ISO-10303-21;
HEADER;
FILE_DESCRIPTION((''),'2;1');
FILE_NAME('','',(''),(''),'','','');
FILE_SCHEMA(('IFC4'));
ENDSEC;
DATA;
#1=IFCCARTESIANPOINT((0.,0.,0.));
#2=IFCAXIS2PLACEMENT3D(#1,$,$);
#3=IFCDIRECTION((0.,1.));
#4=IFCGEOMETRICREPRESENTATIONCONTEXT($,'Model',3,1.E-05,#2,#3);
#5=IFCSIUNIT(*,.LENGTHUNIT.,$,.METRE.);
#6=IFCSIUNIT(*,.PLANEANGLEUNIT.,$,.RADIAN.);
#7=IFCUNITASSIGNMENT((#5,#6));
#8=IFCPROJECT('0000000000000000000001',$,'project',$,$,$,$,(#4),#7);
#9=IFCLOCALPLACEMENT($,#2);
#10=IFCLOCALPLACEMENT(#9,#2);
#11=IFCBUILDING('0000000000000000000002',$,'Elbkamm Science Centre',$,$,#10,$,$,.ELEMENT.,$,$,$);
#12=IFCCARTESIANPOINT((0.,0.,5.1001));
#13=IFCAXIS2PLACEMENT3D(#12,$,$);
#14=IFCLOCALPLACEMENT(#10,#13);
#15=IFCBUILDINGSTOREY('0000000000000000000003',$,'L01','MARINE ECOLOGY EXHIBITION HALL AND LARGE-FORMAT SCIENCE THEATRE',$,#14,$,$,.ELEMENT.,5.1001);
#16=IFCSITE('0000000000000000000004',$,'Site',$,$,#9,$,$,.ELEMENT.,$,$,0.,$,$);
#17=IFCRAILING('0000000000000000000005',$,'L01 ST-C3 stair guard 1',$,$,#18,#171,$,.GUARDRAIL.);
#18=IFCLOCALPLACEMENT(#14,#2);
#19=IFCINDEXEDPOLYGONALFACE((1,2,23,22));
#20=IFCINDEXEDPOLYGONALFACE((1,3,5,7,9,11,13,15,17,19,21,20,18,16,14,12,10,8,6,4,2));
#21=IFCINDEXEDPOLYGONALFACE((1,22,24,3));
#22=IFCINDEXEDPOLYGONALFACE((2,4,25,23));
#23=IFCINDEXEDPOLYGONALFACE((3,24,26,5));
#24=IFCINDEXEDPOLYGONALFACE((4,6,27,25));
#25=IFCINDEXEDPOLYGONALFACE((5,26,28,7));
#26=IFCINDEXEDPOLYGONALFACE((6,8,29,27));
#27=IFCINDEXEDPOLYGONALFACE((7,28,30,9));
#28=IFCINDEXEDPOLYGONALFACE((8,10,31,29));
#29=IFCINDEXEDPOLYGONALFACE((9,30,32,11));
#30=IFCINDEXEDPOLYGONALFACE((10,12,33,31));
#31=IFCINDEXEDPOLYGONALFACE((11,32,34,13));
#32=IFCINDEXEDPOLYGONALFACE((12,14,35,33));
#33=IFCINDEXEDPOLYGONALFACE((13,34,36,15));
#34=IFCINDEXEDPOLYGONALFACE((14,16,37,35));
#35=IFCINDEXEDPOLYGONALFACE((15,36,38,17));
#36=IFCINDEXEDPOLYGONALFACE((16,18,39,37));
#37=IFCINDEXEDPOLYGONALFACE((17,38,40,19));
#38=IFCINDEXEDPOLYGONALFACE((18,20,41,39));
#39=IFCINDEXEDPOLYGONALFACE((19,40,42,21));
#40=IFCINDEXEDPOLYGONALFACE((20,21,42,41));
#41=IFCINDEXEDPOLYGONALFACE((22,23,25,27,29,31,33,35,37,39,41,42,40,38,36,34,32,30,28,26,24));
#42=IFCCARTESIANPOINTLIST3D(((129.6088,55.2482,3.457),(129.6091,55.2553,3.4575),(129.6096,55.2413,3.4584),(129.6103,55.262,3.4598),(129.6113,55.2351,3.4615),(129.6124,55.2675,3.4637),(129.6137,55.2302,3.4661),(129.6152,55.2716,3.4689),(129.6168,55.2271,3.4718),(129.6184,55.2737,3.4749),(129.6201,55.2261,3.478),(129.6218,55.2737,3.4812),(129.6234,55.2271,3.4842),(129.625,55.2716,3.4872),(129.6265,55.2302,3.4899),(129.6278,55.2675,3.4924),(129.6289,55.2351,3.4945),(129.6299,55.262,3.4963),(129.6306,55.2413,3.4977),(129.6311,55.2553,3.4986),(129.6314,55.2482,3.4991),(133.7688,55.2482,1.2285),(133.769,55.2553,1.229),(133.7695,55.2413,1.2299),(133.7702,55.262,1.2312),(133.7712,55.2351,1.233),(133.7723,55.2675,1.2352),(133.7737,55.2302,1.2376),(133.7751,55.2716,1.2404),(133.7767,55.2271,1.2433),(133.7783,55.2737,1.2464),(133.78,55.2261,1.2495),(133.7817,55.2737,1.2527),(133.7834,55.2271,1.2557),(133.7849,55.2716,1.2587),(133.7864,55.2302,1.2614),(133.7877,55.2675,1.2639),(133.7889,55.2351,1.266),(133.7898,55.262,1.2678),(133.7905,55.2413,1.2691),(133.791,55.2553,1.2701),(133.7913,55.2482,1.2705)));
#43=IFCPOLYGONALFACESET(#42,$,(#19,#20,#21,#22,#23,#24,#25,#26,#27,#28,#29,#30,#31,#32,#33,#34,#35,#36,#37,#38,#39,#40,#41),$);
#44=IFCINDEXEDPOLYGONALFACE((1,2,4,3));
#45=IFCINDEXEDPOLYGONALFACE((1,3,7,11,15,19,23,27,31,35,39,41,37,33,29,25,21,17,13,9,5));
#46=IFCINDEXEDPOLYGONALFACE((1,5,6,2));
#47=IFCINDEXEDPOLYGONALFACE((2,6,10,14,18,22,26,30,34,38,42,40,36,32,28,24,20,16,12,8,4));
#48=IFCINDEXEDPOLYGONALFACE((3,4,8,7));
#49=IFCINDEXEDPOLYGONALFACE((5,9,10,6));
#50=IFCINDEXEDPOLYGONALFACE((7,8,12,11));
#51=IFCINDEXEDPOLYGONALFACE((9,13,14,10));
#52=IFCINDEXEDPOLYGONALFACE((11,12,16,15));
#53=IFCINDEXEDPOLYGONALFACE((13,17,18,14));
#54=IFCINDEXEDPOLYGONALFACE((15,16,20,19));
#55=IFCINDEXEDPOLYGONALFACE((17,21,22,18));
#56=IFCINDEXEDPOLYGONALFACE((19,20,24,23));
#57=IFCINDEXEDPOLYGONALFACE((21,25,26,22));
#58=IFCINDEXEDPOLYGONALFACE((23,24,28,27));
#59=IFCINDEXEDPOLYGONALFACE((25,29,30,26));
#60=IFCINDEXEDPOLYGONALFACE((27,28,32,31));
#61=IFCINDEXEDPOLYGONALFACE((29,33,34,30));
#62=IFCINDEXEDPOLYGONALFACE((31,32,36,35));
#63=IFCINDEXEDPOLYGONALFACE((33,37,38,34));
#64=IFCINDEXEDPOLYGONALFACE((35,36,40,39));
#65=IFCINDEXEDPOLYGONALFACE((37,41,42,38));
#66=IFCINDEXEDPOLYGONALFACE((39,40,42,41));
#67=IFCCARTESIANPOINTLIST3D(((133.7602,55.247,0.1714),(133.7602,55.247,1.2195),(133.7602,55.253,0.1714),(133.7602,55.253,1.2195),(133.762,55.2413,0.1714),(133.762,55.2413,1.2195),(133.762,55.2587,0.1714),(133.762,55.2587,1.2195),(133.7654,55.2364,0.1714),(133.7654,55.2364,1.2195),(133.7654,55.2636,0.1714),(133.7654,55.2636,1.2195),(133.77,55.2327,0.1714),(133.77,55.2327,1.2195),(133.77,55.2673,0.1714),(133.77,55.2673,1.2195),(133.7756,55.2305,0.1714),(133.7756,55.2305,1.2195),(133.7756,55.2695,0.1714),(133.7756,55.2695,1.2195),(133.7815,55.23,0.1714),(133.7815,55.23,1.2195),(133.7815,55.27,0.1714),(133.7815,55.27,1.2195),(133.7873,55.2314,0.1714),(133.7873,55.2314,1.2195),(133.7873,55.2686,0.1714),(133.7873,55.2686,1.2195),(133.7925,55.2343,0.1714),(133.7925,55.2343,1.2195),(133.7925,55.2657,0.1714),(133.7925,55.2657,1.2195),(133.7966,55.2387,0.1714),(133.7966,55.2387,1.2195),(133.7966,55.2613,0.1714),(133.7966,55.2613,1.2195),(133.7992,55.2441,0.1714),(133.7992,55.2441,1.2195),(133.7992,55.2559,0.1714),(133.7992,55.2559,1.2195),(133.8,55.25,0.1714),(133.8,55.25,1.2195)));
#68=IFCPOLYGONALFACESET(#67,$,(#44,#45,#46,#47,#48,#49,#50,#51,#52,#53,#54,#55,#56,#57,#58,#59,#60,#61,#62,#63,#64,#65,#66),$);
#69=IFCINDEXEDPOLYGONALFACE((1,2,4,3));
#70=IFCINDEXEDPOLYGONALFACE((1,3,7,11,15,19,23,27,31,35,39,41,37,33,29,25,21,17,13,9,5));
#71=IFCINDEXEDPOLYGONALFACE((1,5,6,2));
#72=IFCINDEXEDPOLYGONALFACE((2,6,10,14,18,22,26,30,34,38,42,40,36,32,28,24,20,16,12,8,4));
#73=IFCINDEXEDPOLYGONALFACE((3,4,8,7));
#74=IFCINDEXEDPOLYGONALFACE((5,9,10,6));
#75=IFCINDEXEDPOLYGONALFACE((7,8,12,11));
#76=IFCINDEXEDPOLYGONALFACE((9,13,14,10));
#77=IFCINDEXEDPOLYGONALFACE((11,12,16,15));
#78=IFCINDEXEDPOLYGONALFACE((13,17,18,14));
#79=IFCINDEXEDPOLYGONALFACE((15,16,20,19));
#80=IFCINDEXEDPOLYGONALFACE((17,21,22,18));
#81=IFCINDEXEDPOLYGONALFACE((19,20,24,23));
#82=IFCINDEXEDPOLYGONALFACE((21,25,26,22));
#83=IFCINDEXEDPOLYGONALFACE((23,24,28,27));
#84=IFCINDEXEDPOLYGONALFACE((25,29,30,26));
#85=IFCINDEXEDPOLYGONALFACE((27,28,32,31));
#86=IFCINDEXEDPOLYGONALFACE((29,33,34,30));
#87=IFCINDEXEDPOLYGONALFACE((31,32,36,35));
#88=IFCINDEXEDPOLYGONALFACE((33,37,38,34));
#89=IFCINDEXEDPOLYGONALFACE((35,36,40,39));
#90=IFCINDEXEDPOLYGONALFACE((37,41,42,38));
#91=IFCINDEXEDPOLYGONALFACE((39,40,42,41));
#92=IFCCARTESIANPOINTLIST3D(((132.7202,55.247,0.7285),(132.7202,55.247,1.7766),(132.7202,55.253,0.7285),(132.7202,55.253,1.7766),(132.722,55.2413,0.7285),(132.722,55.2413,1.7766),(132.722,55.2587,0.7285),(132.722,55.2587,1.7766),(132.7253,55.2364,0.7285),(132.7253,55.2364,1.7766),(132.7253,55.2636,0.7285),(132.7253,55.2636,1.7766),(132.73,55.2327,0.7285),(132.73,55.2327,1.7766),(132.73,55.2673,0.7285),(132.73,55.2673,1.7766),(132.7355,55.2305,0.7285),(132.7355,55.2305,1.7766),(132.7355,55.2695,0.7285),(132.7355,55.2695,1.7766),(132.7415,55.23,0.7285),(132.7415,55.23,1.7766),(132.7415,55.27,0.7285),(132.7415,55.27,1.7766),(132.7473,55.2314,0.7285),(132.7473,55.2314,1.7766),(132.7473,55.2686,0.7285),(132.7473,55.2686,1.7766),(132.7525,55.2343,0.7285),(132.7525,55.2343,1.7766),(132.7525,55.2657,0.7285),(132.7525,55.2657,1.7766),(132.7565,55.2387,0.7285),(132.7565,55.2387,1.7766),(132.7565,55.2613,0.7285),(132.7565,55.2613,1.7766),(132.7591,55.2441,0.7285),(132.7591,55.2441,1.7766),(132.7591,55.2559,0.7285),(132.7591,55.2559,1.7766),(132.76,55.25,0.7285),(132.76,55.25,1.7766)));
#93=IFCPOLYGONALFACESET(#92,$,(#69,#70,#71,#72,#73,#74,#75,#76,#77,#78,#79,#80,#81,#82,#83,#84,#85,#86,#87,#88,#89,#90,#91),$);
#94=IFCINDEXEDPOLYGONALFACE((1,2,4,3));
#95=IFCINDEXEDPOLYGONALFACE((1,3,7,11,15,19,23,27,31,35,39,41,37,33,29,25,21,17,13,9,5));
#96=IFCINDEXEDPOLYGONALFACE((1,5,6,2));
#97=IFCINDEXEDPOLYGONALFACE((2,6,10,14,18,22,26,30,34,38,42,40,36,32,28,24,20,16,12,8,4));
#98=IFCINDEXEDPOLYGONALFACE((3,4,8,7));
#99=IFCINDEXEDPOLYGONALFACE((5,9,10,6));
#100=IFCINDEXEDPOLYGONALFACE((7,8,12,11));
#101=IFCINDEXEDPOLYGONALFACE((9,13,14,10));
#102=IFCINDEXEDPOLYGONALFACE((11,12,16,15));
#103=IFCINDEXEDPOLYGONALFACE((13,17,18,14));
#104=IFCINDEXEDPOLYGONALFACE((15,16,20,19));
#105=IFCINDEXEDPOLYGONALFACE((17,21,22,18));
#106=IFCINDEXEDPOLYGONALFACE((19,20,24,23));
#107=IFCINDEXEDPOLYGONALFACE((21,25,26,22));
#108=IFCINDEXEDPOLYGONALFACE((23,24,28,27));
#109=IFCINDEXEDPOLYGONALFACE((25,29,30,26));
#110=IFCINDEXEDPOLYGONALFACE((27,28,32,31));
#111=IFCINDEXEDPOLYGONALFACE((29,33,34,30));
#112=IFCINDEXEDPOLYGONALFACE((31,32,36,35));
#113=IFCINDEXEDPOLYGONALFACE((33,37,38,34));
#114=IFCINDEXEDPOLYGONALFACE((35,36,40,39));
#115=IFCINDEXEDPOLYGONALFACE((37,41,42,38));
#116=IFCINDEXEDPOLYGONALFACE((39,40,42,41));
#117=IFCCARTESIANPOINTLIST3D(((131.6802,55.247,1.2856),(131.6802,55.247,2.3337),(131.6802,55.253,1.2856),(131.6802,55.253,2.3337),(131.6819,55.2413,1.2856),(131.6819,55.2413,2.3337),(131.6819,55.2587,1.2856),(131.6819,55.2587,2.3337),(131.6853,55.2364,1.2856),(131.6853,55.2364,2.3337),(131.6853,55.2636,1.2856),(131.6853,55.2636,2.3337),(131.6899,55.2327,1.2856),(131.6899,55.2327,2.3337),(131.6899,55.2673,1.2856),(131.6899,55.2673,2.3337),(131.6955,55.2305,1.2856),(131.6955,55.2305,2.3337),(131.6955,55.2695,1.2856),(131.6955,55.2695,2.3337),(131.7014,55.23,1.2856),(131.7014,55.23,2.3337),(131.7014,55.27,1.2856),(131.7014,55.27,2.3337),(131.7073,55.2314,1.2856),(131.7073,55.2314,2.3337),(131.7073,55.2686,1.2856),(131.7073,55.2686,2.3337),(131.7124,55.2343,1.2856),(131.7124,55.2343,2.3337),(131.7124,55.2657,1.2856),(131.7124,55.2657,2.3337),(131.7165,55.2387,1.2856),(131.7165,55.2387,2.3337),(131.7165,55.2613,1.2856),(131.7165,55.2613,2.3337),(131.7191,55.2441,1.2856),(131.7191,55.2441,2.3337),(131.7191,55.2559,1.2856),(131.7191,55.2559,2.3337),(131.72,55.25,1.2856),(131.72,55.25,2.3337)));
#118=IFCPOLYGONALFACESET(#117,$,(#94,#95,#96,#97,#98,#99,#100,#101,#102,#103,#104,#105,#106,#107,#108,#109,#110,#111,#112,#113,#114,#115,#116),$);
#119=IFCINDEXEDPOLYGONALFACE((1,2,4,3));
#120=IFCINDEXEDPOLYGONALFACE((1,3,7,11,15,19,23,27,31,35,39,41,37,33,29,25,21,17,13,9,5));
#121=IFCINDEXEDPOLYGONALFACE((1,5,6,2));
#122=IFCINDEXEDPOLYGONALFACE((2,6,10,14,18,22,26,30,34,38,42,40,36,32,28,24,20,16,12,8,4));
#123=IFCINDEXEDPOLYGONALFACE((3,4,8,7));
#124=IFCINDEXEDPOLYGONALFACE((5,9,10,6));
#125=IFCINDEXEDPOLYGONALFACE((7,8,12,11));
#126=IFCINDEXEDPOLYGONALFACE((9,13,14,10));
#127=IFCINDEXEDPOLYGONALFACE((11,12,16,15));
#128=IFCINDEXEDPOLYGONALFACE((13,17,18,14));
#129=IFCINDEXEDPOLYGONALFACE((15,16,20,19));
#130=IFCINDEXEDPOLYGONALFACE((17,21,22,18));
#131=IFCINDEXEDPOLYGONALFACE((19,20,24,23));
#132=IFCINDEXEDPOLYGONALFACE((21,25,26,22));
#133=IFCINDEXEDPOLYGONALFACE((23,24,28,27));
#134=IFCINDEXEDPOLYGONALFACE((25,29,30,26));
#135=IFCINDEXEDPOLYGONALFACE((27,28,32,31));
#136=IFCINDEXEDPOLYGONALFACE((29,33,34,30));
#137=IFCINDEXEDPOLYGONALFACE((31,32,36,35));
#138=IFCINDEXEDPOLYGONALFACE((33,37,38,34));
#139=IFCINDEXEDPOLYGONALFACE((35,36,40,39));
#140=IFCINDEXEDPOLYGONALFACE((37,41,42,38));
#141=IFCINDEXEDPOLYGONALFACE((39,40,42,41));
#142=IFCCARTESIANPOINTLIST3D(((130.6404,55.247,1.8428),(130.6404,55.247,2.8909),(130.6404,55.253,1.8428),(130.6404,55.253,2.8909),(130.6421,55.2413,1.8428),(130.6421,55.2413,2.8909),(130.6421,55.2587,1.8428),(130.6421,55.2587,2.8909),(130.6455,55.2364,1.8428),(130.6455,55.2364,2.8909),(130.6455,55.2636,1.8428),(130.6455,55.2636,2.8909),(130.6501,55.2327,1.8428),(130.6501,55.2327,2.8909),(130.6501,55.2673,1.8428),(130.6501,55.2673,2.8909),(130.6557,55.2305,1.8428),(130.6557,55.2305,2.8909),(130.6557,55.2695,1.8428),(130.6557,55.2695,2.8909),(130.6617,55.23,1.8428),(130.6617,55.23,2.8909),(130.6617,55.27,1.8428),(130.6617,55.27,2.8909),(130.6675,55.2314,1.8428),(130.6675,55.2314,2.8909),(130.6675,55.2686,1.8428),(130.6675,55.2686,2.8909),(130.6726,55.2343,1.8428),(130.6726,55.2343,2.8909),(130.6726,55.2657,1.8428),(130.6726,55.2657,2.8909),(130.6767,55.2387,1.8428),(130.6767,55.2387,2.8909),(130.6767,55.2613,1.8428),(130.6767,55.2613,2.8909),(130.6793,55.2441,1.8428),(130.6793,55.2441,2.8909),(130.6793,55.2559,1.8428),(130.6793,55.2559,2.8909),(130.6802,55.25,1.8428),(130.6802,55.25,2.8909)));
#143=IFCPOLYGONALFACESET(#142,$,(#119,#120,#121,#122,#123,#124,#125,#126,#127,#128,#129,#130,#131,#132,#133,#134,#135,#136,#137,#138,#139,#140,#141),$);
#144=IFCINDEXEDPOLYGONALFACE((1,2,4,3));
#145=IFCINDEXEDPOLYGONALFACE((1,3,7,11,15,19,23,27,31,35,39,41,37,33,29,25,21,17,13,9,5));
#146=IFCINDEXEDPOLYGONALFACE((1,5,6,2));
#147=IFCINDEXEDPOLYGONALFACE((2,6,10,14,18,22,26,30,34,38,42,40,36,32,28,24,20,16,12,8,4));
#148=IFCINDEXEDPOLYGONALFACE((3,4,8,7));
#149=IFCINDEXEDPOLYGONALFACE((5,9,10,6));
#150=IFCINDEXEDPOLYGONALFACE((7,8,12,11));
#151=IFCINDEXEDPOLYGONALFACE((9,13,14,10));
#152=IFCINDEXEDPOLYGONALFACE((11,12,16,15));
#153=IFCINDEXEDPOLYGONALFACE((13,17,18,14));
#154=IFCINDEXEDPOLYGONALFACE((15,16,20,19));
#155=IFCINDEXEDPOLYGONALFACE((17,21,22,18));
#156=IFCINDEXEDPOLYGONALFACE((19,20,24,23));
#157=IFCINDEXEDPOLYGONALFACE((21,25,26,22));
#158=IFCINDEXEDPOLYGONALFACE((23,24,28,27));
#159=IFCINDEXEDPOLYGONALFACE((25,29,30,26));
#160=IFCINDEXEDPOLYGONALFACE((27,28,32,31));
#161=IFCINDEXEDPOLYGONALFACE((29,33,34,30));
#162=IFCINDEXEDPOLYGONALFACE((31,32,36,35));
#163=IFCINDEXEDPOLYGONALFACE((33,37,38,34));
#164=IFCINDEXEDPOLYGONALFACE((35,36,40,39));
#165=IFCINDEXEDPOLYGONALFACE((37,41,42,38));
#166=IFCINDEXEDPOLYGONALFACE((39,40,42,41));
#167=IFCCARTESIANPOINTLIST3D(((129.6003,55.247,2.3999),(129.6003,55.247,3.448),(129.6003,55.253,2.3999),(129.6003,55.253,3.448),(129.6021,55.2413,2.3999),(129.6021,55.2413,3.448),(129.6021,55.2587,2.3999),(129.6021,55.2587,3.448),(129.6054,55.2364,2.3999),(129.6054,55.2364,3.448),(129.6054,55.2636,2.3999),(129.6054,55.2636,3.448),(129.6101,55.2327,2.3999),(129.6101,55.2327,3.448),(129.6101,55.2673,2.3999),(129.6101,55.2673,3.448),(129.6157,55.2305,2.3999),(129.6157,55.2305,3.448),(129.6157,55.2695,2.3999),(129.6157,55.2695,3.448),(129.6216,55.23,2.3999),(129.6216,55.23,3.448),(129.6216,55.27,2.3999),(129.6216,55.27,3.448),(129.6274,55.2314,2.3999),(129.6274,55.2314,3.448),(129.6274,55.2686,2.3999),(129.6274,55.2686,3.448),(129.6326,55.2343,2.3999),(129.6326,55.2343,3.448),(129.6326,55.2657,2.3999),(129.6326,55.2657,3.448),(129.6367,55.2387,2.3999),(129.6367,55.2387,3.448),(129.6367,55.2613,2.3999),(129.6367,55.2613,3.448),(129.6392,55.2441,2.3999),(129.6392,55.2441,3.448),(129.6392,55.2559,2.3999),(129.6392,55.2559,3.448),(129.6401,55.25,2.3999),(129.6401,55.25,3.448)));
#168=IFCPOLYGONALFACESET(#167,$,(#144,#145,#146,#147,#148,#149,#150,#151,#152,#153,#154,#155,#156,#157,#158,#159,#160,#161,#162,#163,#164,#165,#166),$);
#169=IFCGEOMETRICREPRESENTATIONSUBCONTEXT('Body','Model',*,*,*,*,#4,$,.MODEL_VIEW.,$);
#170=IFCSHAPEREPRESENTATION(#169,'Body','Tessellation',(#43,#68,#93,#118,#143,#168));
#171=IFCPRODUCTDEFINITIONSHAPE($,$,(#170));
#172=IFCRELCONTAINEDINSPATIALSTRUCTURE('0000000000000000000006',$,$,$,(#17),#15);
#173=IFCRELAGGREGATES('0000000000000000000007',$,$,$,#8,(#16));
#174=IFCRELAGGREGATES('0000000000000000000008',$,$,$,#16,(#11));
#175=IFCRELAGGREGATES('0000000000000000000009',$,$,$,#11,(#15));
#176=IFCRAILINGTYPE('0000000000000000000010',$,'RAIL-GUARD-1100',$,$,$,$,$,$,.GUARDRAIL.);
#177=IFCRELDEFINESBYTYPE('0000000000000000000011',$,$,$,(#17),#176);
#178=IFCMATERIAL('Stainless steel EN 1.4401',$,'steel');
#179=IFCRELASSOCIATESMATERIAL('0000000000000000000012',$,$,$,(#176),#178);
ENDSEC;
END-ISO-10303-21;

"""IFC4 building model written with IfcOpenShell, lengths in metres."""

from ifc_helpers import new_model, si_unit, direction, frame, origin, origin_2d, place, context, subcontext, project, spatial, circle, extrude, material, type_object, element, save


model = new_model("IFC4")

# Units and contexts
model_context = context("Model", 3, precision=1e-05, world=origin(), true_north=direction((0.0, 1.0)))
body_context = subcontext(model_context, "Body", "Model", "MODEL_VIEW")
ifc_project = project(units=[si_unit("LENGTHUNIT", "METRE"), si_unit("PLANEANGLEUNIT", "RADIAN")], contexts=[model_context])

# Site, building, storey
site_placement = place(None, origin())
site = spatial("IfcSite", under=ifc_project, at=site_placement, Name="Site", CompositionType="ELEMENT", RefElevation=0.0)
building_placement = place(site_placement, origin())
building = spatial("IfcBuilding", under=site, at=building_placement, Name="Elbkamm Science Centre", CompositionType="ELEMENT")
storey_placement = place(building_placement, frame((0.0, 0.0, 5.1001)))
storey = spatial("IfcBuildingStorey", under=building, at=storey_placement, Name="L01", Description="MARINE ECOLOGY EXHIBITION HALL AND LARGE-FORMAT SCIENCE THEATRE", CompositionType="ELEMENT", Elevation=5.1001)

# Railing
ifc_material_1 = material(Name="Stainless steel EN 1.4401", Category="steel")
railing_type_1 = type_object("IfcRailingType", Name="RAIL-GUARD-1100", PredefinedType="GUARDRAIL", material=ifc_material_1)
railing_1_placement = place(storey_placement, frame((133.78, 55.25, 0.1714)))
element("IfcRailing", 1, at=railing_1_placement, inside=storey, type_object=railing_type_1, Name="L01 ST-C3 stair guard 1", PredefinedType="GUARDRAIL", context=body_context, shape_type="SweptSolid", body=[
    extrude(circle(Radius=0.0239, at=origin_2d()), frame((0.0, 0.0, 1.0781), z_axis=(-0.881481, 0.0, 0.47222), x_axis=(0.0, -1.0, 0.0)), (0.0, 0.0, 1.0), 4.7192),
    extrude(circle(Radius=0.02, at=origin_2d()), origin(), (0.0, 0.0, 1.0), 1.0481),
    extrude(circle(Radius=0.02, at=origin_2d()), frame((-1.04, 0.0, 0.5571)), (0.0, 0.0, 1.0), 1.0481),
    extrude(circle(Radius=0.02, at=origin_2d()), frame((-2.0801, 0.0, 1.1143)), (0.0, 0.0, 1.0), 1.0481),
    extrude(circle(Radius=0.02, at=origin_2d()), frame((-3.1199, 0.0, 1.6714)), (0.0, 0.0, 1.0), 1.0481),
    extrude(circle(Radius=0.02, at=origin_2d()), frame((-4.1599, 0.0, 2.2285)), (0.0, 0.0, 1.0), 1.0481),
])

save(model, "model.ifc")
